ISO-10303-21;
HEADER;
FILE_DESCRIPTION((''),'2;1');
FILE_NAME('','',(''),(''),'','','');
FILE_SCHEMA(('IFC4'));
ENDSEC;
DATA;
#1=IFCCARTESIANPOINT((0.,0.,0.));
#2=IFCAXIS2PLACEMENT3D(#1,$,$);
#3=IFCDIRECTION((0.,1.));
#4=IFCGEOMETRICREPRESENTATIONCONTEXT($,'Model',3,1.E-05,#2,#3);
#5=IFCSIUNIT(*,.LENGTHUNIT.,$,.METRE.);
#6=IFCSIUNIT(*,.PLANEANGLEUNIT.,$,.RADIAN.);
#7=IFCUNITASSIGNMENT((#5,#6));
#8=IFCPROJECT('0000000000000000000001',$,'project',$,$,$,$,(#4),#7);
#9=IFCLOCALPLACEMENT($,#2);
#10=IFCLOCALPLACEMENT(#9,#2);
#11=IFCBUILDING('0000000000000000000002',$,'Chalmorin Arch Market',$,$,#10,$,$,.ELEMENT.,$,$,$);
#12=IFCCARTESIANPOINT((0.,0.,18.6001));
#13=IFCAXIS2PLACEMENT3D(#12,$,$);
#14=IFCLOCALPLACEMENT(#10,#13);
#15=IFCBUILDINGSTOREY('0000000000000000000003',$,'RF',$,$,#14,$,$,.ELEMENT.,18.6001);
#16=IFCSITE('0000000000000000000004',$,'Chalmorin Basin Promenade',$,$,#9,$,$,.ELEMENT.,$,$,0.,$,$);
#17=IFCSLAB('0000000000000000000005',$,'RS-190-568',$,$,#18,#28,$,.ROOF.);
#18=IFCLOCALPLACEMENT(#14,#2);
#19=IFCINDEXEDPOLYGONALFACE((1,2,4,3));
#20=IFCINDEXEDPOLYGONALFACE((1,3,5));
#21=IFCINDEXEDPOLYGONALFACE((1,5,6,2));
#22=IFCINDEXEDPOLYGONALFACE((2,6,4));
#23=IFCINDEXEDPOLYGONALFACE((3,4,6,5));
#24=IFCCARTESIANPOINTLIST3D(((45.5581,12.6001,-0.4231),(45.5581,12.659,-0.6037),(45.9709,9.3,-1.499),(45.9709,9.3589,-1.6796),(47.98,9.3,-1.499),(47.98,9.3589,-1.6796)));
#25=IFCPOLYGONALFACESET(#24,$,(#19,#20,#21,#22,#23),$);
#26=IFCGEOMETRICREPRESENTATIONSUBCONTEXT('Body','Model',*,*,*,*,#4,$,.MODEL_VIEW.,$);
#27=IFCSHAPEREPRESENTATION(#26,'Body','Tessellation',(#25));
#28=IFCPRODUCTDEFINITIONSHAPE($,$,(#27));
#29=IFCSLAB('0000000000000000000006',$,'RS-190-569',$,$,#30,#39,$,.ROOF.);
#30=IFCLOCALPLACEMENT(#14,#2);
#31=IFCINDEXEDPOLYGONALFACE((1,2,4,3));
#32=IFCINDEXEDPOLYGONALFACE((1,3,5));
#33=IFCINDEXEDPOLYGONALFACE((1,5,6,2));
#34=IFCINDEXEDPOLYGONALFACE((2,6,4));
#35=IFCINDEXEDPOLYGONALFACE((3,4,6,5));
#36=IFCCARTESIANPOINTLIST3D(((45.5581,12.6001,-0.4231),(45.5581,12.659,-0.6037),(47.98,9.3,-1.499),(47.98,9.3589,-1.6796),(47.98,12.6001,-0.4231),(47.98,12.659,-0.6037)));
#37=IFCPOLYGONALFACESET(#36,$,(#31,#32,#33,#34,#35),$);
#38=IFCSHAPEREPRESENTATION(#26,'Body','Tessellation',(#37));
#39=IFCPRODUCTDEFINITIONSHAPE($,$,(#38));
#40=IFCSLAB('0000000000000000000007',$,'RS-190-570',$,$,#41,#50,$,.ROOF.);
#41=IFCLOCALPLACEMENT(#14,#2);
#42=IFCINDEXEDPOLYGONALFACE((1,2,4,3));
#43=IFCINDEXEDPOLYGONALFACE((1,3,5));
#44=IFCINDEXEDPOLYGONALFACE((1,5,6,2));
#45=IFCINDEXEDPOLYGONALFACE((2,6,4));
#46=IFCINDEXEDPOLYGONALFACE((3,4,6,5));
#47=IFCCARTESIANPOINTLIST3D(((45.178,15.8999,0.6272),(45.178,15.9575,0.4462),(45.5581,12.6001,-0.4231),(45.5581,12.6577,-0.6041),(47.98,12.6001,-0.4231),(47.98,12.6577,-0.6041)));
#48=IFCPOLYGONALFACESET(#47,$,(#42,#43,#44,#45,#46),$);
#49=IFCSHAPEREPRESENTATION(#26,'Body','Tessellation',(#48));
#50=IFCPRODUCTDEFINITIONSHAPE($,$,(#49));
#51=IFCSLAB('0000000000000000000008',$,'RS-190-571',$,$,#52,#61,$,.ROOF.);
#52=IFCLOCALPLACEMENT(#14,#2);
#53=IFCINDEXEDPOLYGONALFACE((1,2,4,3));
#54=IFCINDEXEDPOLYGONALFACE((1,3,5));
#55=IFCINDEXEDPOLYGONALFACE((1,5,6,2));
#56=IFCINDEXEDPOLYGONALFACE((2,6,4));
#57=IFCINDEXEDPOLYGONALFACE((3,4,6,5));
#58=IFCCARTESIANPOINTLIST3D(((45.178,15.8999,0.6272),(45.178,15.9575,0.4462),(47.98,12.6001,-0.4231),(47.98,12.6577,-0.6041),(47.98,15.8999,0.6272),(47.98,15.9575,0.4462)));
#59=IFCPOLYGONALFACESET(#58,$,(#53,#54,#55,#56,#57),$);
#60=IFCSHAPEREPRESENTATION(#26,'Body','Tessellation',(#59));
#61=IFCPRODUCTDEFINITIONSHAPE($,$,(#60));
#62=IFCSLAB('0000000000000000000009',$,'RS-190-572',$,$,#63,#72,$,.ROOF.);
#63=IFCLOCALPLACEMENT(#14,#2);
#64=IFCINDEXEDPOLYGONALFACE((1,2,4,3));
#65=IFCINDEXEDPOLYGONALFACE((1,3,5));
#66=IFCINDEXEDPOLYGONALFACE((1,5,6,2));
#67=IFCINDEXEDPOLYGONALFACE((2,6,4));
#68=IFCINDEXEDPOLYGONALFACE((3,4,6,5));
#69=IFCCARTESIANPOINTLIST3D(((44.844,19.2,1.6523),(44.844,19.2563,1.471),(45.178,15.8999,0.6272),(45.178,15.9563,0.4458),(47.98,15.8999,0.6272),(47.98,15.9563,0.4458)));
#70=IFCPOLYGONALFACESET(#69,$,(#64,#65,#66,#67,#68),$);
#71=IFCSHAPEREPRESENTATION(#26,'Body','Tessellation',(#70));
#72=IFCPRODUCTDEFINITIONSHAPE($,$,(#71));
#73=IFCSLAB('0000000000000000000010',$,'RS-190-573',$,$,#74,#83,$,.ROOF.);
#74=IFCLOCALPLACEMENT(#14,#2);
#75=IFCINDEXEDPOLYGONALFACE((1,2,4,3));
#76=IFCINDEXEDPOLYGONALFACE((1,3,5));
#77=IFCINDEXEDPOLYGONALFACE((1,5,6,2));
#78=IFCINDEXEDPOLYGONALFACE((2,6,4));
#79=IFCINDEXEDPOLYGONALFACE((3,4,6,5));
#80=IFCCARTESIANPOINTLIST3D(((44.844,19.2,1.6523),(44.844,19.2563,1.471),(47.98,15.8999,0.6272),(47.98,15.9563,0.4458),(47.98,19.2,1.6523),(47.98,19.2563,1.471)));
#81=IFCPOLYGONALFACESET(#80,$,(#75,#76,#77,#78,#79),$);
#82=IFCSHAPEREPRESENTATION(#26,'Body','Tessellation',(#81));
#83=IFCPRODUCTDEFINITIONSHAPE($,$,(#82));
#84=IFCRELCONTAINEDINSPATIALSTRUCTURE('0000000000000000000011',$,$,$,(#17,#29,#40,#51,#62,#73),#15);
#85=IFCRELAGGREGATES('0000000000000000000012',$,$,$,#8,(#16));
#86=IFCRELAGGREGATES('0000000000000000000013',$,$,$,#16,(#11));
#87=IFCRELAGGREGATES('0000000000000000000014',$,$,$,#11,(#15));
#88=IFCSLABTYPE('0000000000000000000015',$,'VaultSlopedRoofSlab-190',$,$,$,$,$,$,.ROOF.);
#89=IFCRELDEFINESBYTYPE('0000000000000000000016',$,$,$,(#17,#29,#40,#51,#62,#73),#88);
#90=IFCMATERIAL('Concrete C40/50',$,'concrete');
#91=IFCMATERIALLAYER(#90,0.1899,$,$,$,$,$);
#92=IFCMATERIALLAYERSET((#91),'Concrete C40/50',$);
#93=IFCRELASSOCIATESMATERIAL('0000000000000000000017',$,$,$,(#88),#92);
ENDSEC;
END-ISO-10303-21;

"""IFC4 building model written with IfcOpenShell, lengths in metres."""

from ifc_helpers import new_model, si_unit, direction, frame, origin, place, context, subcontext, project, spatial, polyline, outline, extrude, material, layer, layer_set, type_object, element, save


model = new_model("IFC4")

# Units and contexts
model_context = context("Model", 3, precision=1e-05, world=origin(), true_north=direction((0.0, 1.0)))
body_context = subcontext(model_context, "Body", "Model", "MODEL_VIEW")
ifc_project = project(units=[si_unit("LENGTHUNIT", "METRE"), si_unit("PLANEANGLEUNIT", "RADIAN")], contexts=[model_context])

# Site, building, storey
site_placement = place(None, origin())
site = spatial("IfcSite", under=ifc_project, at=site_placement, Name="Chalmorin Basin Promenade", CompositionType="ELEMENT", RefElevation=0.0)
building_placement = place(site_placement, origin())
building = spatial("IfcBuilding", under=site, at=building_placement, Name="Chalmorin Arch Market", CompositionType="ELEMENT")
storey_placement = place(building_placement, frame((0.0, 0.0, 18.6001)))
storey = spatial("IfcBuildingStorey", under=building, at=storey_placement, Name="RF", CompositionType="ELEMENT", Elevation=18.6001)

# Slabs
ifc_material_1 = material(Name="Concrete C40/50", Category="concrete")
ifc_layer = layer(ifc_material_1, 0.1899)
ifc_layer_set = layer_set([ifc_layer], Name="Concrete C40/50")
slab_type = type_object("IfcSlabType", Name="VaultSlopedRoofSlab-190", PredefinedType="ROOF", material=ifc_layer_set)
slab_1_placement = place(storey_placement, frame((45.5581, 12.6001, -0.4231), z_axis=(0.0, -0.309975, 0.950745), x_axis=(0.118107, -0.94409, -0.307805)))
element("IfcSlab", 1, at=slab_1_placement, inside=storey, type_object=slab_type, Name="RS-190-568", PredefinedType="ROOF", context=body_context, shape_type="SweptSolid", body=[
    extrude(outline(polyline([(0.0, 0.0), (3.4955, 0.0), (3.7328, 1.995), (0.0, 0.0)])), origin(), (0.0, 0.0, -1.0), 0.1899),
])
slab_2_placement = place(storey_placement, frame((47.98, 12.6001, -0.4231), z_axis=(0.0, -0.309975, 0.950745), x_axis=(-1.0, 0.0, 0.0)))
element("IfcSlab", 2, at=slab_2_placement, inside=storey, type_object=slab_type, Name="RS-190-569", PredefinedType="ROOF", context=body_context, shape_type="SweptSolid", body=[
    extrude(outline(polyline([(0.0, 0.0), (2.4219, 0.0), (0.0, 3.471), (0.0, 0.0)])), origin(), (0.0, 0.0, -1.0), 0.1899),
])
slab_3_placement = place(storey_placement, frame((45.178, 15.8999, 0.6272), z_axis=(0.0, -0.303297, 0.952896), x_axis=(0.109115, -0.947207, -0.301486)))
element("IfcSlab", 3, at=slab_3_placement, inside=storey, type_object=slab_type, Name="RS-190-570", PredefinedType="ROOF", context=body_context, shape_type="SweptSolid", body=[
    extrude(outline(polyline([(0.0, 0.0), (3.4837, 0.0), (3.748, 2.4074), (0.0, 0.0)])), origin(), (0.0, 0.0, -1.0), 0.1899),
])
slab_4_placement = place(storey_placement, frame((47.98, 15.8999, 0.6272), z_axis=(0.0, -0.303297, 0.952896), x_axis=(-1.0, 0.0, 0.0)))
element("IfcSlab", 4, at=slab_4_placement, inside=storey, type_object=slab_type, Name="RS-190-571", PredefinedType="ROOF", context=body_context, shape_type="SweptSolid", body=[
    extrude(outline(polyline([(0.0, 0.0), (2.802, 0.0), (0.0, 3.4629), (0.0, 0.0)])), origin(), (0.0, 0.0, -1.0), 0.1899),
])
slab_5_placement = place(storey_placement, frame((44.844, 19.2, 1.6523), z_axis=(0.0, -0.296661, 0.954983), x_axis=(0.096202, -0.950553, -0.295285)))
element("IfcSlab", 5, at=slab_5_placement, inside=storey, type_object=slab_type, Name="RS-190-572", PredefinedType="ROOF", context=body_context, shape_type="SweptSolid", body=[
    extrude(outline(polyline([(0.0, 0.0), (3.4717, 0.0), (3.7413, 2.789), (0.0, 0.0)])), origin(), (0.0, 0.0, -1.0), 0.1899),
])
slab_6_placement = place(storey_placement, frame((47.98, 19.2, 1.6523), z_axis=(0.0, -0.296661, 0.954983), x_axis=(-1.0, 0.0, 0.0)))
element("IfcSlab", 6, at=slab_6_placement, inside=storey, type_object=slab_type, Name="RS-190-573", PredefinedType="ROOF", context=body_context, shape_type="SweptSolid", body=[
    extrude(outline(polyline([(0.0, 0.0), (3.136, 0.0), (0.0, 3.4556), (0.0, 0.0)])), origin(), (0.0, 0.0, -1.0), 0.1899),
])

save(model, "model.ifc")
